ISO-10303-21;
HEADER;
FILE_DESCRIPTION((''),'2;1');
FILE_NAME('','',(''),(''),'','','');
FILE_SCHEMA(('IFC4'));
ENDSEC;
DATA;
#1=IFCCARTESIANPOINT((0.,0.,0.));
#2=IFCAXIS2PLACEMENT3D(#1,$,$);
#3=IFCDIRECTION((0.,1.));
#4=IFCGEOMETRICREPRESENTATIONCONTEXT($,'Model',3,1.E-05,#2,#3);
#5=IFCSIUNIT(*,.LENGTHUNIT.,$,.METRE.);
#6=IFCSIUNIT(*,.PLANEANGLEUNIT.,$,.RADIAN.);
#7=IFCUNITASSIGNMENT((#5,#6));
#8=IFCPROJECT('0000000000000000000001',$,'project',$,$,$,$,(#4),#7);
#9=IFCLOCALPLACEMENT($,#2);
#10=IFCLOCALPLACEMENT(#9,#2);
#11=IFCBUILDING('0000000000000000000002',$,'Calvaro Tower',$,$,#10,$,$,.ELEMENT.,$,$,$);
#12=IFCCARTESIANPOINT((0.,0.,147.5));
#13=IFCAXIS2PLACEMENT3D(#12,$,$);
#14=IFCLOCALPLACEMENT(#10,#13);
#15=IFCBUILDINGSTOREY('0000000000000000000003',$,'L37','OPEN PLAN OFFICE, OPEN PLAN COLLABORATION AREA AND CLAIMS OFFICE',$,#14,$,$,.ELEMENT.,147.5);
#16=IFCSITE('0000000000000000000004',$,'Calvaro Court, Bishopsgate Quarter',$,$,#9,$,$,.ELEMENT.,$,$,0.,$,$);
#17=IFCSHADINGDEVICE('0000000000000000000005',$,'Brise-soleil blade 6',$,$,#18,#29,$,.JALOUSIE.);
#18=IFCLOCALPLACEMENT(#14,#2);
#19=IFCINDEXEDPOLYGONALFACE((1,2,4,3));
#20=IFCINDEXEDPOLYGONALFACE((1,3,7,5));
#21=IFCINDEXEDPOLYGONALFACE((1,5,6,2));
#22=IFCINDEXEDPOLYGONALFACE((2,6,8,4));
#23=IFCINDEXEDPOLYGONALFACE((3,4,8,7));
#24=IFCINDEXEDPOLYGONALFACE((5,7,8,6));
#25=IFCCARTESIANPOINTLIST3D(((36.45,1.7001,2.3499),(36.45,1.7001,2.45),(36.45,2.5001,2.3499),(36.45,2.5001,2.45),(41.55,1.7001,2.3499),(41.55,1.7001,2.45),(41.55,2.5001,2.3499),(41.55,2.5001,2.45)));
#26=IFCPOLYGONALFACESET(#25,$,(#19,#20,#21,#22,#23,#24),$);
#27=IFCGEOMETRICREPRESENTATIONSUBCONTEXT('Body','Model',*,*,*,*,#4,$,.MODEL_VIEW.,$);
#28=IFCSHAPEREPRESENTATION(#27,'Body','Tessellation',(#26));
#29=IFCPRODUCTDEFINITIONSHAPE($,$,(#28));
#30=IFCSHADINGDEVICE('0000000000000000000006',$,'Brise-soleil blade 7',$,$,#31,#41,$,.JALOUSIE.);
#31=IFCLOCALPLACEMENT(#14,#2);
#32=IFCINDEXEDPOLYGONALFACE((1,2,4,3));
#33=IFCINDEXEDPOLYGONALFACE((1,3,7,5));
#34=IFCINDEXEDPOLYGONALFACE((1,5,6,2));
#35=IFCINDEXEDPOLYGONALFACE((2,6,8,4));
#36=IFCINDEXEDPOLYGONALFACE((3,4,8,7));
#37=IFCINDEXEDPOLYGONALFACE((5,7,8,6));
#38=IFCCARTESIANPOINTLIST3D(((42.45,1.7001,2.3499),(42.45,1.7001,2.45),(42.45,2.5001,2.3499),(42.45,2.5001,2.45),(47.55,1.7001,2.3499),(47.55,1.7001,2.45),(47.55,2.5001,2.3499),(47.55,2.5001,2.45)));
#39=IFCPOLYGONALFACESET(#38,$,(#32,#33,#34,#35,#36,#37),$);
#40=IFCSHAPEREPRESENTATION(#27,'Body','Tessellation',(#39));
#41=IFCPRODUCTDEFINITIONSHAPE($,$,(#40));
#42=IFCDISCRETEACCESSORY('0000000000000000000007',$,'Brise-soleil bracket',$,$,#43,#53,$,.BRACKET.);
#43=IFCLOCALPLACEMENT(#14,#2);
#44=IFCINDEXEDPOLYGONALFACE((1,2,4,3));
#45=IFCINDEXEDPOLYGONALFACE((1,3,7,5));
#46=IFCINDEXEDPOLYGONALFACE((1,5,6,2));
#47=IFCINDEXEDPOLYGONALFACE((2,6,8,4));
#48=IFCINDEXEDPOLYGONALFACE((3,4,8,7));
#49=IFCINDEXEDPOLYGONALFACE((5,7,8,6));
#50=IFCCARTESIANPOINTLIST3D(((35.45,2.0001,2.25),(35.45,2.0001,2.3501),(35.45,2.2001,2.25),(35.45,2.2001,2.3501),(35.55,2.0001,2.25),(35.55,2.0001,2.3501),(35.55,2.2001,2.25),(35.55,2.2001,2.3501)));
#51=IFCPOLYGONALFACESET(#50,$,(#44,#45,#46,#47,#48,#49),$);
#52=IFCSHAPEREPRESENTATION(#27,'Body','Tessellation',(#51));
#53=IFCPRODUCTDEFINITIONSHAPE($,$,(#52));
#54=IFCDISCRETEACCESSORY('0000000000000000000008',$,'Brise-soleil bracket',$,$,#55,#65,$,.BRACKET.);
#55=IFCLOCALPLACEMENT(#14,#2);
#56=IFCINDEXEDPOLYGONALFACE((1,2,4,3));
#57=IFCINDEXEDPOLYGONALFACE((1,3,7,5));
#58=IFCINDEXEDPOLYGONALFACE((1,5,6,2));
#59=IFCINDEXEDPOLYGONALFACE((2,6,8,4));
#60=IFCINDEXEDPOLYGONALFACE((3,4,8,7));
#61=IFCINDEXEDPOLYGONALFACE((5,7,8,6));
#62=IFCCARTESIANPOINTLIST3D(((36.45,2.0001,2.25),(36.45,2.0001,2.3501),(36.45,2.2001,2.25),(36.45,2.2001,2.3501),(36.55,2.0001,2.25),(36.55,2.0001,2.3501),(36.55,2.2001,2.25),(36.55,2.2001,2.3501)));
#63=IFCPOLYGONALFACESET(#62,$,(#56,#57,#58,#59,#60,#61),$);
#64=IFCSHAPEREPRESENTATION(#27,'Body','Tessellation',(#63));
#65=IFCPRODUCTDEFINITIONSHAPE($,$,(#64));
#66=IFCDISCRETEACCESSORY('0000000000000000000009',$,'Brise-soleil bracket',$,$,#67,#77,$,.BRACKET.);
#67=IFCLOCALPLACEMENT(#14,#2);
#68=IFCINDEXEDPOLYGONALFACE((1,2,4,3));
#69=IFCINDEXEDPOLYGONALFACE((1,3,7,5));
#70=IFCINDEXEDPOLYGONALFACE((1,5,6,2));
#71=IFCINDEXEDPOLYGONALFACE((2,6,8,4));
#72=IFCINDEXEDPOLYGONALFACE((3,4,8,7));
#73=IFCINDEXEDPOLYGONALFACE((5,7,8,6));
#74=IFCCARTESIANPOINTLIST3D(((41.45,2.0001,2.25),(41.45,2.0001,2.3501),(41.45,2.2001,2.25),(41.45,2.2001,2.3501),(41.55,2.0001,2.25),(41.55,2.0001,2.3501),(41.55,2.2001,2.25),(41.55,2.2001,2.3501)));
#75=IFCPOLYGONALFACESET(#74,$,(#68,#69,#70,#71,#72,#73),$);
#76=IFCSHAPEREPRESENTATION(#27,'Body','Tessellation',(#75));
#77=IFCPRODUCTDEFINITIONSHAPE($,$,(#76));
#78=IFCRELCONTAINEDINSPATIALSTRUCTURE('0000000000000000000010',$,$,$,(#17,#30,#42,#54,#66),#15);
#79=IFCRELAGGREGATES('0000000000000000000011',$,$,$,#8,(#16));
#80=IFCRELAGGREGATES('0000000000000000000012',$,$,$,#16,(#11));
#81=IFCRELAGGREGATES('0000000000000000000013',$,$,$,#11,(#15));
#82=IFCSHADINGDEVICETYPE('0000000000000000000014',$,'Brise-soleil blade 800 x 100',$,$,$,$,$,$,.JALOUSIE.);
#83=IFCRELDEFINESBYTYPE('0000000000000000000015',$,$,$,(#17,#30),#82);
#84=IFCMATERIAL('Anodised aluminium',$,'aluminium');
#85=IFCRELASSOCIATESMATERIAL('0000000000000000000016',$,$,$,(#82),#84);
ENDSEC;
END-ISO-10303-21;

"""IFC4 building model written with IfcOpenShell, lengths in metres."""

from ifc_helpers import new_model, si_unit, direction, frame, origin, origin_2d, place, context, subcontext, project, spatial, rectangle, extrude, material, material_profile, profile_set, type_object, element, save


model = new_model("IFC4")

# Units and contexts
model_context = context("Model", 3, precision=1e-05, world=origin(), true_north=direction((0.0, 1.0)))
body_context = subcontext(model_context, "Body", "Model", "MODEL_VIEW")
ifc_project = project(units=[si_unit("LENGTHUNIT", "METRE"), si_unit("PLANEANGLEUNIT", "RADIAN")], contexts=[model_context])

# Site, building, storey
site_placement = place(None, origin())
site = spatial("IfcSite", under=ifc_project, at=site_placement, Name="Calvaro Court, Bishopsgate Quarter", CompositionType="ELEMENT", RefElevation=0.0)
building_placement = place(site_placement, origin())
building = spatial("IfcBuilding", under=site, at=building_placement, Name="Calvaro Tower", CompositionType="ELEMENT")
storey_placement = place(building_placement, frame((0.0, 0.0, 147.5)))
storey = spatial("IfcBuildingStorey", under=building, at=storey_placement, Name="L37", Description="OPEN PLAN OFFICE, OPEN PLAN COLLABORATION AREA AND CLAIMS OFFICE", CompositionType="ELEMENT", Elevation=147.5)

# Shading devices
ifc_material_1 = material(Name="Anodised aluminium", Category="aluminium")
ifc_material_profile_1 = material_profile(ifc_material_1, rectangle(XDim=0.8, YDim=0.1001, at=origin_2d()), Name="Brise-soleil blade 800 x 100")
ifc_profile_set_1 = profile_set([ifc_material_profile_1], Name="Anodised aluminium")
shading_device_type = type_object("IfcShadingDeviceType", Name="Brise-soleil blade 800 x 100", PredefinedType="JALOUSIE", material=ifc_profile_set_1)
for number, where, z_axis, x_axis, name in (
    (1, (36.45, 2.1001, 2.3999), (1.0, 0.0, 0.0), (0.0, 1.0, 0.0), "Brise-soleil blade 6"),
    (2, (42.45, 2.1001, 2.3999), (1.0, 0.0, 0.0), (0.0, 1.0, 0.0), "Brise-soleil blade 7"),
):
    element("IfcShadingDevice", number, at=place(storey_placement, frame(where, z_axis=z_axis, x_axis=x_axis)), inside=storey, type_object=shading_device_type, Name=name, PredefinedType="JALOUSIE", context=body_context, shape_type="SweptSolid", body=[
        extrude(rectangle(XDim=0.8, YDim=0.1001, at=origin_2d()), origin(), (0.0, 0.0, 1.0), 5.1001),
    ])

# Discrete accessories
for number, where, z_axis, x_axis, name in (
    (3, (35.5, 2.1001, 2.25), (0.0, 0.0, 1.0), (1.0, 0.0, 0.0), "Brise-soleil bracket"),
    (4, (36.5, 2.1001, 2.25), (0.0, 0.0, 1.0), (1.0, 0.0, 0.0), "Brise-soleil bracket"),
    (5, (41.5, 2.1001, 2.25), (0.0, 0.0, 1.0), (1.0, 0.0, 0.0), "Brise-soleil bracket"),
):
    element("IfcDiscreteAccessory", number, at=place(storey_placement, frame(where, z_axis=z_axis, x_axis=x_axis)), inside=storey, Name=name, PredefinedType="BRACKET", context=body_context, shape_type="SweptSolid", body=[
        extrude(rectangle(XDim=0.1001, YDim=0.2, at=origin_2d()), origin(), (0.0, 0.0, 1.0), 0.1001),
    ])

save(model, "model.ifc")
